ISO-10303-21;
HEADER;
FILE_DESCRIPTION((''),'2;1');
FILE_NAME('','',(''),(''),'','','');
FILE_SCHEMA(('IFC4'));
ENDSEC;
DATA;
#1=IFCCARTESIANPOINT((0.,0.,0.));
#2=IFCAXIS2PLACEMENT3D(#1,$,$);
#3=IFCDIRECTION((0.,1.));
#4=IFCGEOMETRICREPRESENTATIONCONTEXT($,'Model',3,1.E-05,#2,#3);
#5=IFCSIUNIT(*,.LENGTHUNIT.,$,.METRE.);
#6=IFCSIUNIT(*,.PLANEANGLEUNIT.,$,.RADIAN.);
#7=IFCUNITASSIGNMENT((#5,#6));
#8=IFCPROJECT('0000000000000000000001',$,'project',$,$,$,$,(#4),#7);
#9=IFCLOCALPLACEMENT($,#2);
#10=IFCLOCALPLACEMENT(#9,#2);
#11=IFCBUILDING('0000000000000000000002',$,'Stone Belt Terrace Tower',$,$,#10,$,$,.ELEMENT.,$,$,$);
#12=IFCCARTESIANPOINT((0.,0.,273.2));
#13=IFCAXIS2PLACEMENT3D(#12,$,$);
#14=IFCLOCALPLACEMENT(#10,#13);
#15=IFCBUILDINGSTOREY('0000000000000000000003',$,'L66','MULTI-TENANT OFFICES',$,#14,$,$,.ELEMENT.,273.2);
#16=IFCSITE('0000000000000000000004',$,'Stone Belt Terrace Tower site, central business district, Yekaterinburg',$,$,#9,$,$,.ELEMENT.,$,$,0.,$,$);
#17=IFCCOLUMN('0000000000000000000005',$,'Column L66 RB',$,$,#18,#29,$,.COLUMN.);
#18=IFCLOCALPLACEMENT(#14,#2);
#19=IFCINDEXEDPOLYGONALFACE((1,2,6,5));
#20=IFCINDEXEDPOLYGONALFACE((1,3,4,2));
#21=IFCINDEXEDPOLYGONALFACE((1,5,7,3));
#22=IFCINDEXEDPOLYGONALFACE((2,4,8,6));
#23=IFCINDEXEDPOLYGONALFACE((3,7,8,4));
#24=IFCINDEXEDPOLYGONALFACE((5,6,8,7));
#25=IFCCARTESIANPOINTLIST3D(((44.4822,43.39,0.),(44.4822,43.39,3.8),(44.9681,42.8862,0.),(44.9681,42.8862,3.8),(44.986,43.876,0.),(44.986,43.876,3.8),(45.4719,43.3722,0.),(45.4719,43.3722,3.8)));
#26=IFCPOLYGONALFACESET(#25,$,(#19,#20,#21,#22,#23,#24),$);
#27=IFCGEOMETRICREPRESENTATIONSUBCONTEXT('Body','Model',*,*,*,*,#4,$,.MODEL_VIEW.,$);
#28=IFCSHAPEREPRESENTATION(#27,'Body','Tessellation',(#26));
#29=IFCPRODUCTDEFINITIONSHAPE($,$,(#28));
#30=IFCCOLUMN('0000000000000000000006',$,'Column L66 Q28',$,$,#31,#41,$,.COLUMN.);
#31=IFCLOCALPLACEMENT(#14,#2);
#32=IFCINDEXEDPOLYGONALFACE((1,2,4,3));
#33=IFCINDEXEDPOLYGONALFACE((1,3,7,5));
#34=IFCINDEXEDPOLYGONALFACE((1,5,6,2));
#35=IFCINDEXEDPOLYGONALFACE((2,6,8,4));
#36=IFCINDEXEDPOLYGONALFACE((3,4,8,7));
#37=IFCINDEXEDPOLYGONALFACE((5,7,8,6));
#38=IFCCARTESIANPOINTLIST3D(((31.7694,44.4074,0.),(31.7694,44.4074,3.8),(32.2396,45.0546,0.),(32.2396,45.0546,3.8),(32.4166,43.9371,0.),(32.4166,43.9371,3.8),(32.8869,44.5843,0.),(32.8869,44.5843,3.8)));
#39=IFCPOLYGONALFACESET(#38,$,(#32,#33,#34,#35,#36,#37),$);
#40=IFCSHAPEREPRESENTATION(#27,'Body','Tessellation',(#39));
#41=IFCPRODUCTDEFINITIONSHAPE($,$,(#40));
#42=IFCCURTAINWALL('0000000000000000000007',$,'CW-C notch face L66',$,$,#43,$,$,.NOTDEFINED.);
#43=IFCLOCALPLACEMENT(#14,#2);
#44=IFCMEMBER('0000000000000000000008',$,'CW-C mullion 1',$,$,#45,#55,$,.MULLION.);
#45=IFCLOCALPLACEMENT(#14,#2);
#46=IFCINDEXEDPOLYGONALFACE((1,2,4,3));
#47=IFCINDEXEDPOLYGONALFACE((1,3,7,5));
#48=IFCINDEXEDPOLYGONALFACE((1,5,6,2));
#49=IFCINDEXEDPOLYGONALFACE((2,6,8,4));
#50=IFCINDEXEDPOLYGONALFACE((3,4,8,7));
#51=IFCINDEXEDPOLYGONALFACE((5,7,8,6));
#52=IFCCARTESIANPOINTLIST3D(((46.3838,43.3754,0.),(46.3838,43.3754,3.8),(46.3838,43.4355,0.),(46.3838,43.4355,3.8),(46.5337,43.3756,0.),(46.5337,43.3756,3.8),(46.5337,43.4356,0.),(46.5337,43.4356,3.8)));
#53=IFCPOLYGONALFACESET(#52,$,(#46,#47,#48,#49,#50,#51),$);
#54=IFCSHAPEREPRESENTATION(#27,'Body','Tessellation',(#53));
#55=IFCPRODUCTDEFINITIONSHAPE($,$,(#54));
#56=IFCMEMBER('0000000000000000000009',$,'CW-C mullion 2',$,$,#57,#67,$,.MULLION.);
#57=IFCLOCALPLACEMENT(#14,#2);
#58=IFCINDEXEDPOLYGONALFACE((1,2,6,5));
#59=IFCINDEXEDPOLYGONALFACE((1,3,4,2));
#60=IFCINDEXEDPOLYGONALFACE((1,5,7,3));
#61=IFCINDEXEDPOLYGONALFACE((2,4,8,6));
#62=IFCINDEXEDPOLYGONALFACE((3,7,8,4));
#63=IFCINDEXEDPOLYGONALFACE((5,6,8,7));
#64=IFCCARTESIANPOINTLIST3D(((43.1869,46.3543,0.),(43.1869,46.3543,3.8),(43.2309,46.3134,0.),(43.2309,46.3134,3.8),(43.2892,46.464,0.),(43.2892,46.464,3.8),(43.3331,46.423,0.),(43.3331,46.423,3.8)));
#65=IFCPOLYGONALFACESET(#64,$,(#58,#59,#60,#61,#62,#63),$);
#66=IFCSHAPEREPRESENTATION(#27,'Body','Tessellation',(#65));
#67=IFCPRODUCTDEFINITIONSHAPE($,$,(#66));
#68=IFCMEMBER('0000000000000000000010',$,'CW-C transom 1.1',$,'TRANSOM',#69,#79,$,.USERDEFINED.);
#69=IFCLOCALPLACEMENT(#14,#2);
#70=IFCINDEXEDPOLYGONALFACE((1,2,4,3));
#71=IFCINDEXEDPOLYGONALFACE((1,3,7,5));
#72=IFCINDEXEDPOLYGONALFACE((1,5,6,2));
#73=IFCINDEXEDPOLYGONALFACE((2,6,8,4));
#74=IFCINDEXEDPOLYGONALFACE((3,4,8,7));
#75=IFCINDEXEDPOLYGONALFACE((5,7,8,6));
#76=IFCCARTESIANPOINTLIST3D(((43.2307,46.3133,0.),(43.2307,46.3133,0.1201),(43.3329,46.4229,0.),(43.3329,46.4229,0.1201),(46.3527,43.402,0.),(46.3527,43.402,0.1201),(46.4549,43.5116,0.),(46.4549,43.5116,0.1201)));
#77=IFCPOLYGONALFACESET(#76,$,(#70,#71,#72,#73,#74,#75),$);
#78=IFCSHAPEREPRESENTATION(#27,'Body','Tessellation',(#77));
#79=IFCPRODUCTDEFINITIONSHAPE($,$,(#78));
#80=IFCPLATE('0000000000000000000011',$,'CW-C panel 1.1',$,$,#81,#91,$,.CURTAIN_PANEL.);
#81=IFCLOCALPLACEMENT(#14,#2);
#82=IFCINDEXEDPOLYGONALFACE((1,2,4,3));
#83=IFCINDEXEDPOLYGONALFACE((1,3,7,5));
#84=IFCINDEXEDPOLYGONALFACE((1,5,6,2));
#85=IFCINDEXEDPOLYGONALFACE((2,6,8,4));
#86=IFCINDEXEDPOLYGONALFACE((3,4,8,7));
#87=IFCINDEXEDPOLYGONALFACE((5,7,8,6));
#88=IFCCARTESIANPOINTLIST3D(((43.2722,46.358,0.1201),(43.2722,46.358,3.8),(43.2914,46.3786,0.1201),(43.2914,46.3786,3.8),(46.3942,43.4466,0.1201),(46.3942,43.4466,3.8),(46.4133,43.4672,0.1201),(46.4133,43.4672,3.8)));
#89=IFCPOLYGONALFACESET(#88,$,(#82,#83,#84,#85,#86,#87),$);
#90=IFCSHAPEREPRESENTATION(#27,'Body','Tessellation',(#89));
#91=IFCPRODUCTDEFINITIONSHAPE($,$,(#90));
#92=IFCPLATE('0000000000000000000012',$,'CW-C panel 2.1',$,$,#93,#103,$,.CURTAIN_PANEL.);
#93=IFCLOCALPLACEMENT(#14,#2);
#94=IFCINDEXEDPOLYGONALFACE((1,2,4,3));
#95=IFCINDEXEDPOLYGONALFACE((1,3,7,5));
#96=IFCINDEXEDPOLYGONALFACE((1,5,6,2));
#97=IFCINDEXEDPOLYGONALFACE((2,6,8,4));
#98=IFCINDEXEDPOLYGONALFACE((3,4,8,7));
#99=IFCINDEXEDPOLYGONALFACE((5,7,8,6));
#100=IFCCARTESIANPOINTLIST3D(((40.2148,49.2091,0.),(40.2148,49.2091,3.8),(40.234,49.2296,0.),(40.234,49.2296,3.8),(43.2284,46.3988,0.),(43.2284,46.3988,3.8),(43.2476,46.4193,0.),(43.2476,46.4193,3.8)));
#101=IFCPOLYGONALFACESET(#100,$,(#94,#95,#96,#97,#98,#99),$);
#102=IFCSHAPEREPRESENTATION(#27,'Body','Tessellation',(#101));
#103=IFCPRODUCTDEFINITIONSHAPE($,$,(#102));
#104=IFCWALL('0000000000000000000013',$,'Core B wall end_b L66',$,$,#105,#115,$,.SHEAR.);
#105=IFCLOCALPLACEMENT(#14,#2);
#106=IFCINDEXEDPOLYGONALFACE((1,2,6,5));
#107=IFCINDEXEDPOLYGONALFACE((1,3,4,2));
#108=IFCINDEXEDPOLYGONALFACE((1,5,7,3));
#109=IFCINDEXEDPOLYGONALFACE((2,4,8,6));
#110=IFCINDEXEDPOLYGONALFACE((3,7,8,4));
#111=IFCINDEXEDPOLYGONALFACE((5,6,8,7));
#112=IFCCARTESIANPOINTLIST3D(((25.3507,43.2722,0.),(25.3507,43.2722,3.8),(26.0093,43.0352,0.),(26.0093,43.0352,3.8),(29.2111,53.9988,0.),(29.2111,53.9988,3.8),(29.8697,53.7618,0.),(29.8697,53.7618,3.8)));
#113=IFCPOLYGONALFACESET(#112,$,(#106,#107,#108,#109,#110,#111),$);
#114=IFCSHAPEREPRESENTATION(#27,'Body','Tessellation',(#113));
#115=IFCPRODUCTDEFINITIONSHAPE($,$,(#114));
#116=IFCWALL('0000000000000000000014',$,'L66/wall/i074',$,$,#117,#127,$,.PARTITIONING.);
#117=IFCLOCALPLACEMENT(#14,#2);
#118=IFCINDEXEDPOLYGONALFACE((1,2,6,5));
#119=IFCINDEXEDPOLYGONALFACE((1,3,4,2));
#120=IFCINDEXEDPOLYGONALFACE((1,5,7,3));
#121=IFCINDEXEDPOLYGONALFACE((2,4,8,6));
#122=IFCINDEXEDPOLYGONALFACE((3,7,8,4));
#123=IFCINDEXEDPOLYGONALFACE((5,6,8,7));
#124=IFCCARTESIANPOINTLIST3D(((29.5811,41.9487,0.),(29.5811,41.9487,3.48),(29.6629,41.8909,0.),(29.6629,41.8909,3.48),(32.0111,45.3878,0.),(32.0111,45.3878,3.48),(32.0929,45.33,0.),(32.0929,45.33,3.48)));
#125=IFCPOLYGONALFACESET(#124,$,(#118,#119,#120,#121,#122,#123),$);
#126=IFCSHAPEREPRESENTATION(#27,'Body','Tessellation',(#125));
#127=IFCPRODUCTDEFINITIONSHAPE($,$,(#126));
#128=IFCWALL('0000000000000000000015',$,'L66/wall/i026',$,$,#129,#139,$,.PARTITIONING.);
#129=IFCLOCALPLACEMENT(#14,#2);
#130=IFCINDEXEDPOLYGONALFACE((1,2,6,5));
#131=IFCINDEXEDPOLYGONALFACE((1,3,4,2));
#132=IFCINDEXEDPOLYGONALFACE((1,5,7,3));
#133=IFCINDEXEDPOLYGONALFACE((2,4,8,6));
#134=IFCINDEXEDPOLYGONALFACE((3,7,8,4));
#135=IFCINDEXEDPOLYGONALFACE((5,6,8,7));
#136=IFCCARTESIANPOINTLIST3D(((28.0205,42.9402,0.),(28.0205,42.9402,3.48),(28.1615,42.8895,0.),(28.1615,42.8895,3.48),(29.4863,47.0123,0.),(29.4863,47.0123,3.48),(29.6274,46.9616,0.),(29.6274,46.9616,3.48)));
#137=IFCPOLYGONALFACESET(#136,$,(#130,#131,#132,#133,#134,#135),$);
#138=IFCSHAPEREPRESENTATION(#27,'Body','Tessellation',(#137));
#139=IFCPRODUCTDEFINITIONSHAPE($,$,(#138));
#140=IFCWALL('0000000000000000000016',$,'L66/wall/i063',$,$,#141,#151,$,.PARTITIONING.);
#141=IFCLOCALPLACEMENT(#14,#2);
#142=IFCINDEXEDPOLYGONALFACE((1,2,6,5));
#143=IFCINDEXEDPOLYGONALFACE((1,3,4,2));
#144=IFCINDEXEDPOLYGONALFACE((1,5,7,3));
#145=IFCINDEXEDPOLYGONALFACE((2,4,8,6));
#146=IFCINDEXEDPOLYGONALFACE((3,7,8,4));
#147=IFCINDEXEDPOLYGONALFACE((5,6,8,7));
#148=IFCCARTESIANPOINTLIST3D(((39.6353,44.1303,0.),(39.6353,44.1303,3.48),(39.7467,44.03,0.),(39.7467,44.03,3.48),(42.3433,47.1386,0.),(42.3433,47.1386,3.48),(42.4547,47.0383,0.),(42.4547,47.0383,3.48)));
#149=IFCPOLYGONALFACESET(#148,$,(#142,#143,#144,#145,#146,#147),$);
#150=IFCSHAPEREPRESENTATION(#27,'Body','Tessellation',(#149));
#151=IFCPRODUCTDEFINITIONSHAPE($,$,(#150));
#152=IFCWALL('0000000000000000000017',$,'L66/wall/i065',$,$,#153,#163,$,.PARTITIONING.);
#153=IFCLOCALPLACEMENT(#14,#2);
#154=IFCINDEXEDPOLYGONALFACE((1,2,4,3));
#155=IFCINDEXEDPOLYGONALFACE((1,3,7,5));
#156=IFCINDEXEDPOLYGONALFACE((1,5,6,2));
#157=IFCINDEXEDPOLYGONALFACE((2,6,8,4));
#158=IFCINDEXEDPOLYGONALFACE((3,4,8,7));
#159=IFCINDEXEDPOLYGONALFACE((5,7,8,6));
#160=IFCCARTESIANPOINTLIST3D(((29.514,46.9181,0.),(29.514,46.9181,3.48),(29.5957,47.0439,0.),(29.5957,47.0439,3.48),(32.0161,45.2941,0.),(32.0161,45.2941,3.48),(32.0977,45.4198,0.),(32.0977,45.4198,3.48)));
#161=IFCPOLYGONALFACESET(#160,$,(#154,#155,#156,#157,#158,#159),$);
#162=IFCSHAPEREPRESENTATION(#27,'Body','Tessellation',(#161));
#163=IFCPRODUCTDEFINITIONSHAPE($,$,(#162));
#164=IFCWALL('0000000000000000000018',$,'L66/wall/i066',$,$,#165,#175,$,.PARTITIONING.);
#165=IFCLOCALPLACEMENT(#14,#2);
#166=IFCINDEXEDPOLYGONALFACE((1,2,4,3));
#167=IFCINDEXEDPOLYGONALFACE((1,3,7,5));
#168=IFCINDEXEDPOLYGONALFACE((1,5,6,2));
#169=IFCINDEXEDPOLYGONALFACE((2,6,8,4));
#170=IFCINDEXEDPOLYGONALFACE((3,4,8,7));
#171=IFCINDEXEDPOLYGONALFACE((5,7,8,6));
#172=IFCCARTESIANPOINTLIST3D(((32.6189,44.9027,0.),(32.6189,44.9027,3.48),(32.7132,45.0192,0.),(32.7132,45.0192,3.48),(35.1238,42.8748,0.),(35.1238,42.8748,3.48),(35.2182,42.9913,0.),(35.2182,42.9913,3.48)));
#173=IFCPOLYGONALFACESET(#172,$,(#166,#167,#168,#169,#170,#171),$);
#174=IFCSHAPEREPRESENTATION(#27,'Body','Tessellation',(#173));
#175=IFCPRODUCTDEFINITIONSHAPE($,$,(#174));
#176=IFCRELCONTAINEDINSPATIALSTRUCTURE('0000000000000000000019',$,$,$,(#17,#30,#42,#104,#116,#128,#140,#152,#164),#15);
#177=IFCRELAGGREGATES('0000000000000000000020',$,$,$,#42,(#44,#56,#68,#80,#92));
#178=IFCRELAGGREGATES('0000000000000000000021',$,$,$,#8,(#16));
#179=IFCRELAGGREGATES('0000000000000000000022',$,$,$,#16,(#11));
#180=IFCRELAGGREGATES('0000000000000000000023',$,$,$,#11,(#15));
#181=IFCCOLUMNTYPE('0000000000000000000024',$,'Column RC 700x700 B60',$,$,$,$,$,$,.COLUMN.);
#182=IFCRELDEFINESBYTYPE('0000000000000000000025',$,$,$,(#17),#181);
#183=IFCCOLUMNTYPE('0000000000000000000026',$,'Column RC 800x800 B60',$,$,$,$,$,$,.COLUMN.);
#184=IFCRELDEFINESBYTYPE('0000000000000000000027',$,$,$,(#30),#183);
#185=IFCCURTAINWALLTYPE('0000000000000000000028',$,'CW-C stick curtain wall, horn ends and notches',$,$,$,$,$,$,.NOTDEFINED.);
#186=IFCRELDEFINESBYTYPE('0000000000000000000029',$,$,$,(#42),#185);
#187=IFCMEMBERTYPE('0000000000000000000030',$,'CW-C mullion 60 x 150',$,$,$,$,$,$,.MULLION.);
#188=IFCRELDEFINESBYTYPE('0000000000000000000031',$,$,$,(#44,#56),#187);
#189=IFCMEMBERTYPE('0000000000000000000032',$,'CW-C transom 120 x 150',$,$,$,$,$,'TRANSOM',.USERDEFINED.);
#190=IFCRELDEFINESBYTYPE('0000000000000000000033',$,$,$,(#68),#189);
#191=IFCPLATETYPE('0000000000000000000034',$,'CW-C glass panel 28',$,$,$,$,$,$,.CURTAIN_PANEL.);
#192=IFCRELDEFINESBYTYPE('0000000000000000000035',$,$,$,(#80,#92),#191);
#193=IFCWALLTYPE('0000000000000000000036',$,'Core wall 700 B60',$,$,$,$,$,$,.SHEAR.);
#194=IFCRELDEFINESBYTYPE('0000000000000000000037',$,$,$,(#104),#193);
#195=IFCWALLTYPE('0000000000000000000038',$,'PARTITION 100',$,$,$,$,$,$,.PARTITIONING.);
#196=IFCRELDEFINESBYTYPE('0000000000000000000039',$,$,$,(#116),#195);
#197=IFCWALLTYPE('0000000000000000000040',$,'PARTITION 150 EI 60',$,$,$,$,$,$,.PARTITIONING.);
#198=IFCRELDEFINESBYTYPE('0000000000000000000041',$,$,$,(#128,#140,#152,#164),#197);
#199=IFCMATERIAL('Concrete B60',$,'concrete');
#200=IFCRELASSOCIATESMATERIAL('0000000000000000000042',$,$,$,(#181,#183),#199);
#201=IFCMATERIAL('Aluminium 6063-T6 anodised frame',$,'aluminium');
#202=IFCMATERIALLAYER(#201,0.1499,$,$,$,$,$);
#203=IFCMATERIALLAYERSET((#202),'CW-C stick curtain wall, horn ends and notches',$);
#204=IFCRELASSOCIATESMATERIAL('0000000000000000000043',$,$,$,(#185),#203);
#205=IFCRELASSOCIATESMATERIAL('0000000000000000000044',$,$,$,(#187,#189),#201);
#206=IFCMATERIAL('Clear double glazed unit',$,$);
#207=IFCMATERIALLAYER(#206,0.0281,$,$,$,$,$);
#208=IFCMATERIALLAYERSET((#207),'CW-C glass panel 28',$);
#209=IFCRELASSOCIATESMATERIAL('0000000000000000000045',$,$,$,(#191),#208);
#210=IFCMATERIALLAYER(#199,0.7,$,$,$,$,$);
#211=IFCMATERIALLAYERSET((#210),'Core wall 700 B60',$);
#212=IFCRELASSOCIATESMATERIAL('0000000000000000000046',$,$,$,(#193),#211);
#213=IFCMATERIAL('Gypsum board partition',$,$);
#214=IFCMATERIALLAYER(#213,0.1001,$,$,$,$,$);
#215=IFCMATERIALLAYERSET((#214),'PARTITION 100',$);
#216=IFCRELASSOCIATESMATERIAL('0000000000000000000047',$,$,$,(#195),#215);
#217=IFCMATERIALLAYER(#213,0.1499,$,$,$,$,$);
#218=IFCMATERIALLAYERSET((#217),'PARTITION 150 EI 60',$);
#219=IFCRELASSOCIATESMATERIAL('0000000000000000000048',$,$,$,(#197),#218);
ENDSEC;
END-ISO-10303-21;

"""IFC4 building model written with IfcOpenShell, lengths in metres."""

from ifc_helpers import new_model, si_unit, direction, frame, frame_2d, origin, origin_2d, place, context, subcontext, project, spatial, rectangle, extrude, material, layer, layer_set, material_profile, profile_set, type_object, element, aggregate, save


model = new_model("IFC4")

# Units and contexts
model_context = context("Model", 3, precision=1e-05, world=origin(), true_north=direction((0.0, 1.0)))
body_context = subcontext(model_context, "Body", "Model", "MODEL_VIEW")
ifc_project = project(units=[si_unit("LENGTHUNIT", "METRE"), si_unit("PLANEANGLEUNIT", "RADIAN")], contexts=[model_context])

# Site, building, storey
site_placement = place(None, origin())
site = spatial("IfcSite", under=ifc_project, at=site_placement, Name="Stone Belt Terrace Tower site, central business district, Yekaterinburg", CompositionType="ELEMENT", RefElevation=0.0)
building_placement = place(site_placement, origin())
building = spatial("IfcBuilding", under=site, at=building_placement, Name="Stone Belt Terrace Tower", CompositionType="ELEMENT")
storey_placement = place(building_placement, frame((0.0, 0.0, 273.2)))
storey = spatial("IfcBuildingStorey", under=building, at=storey_placement, Name="L66", Description="MULTI-TENANT OFFICES", CompositionType="ELEMENT", Elevation=273.2)

# Columns
ifc_material_1 = material(Name="Concrete B60", Category="concrete")
ifc_material_profile_1 = material_profile(ifc_material_1, rectangle(XDim=0.7, YDim=0.7, at=origin_2d()), Name="RC 700x700")
ifc_profile_set_1 = profile_set([ifc_material_profile_1], Name="Concrete B60")
column_type_1 = type_object("IfcColumnType", Name="Column RC 700x700 B60", PredefinedType="COLUMN", material=ifc_profile_set_1)
column_1_placement = place(storey_placement, frame((44.9771, 43.3811, 0.0), z_axis=(0.0, 0.0, 1.0), x_axis=(0.694221, -0.719762, 0.0)))
element("IfcColumn", 1, at=column_1_placement, inside=storey, type_object=column_type_1, Name="Column L66 RB", PredefinedType="COLUMN", context=body_context, shape_type="SweptSolid", body=[
    extrude(rectangle(XDim=0.7, YDim=0.7, at=origin_2d()), origin(), (0.0, 0.0, 1.0), 3.8),
])
ifc_material_profile_2 = material_profile(ifc_material_1, rectangle(XDim=0.8, YDim=0.8, at=origin_2d()), Name="RC 800x800")
ifc_profile_set_2 = profile_set([ifc_material_profile_2], Name="Concrete B60")
column_type_2 = type_object("IfcColumnType", Name="Column RC 800x800 B60", PredefinedType="COLUMN", material=ifc_profile_set_2)
column_2_placement = place(storey_placement, frame((32.3281, 44.4958, 0.0), z_axis=(0.0, 0.0, 1.0), x_axis=(0.809017, -0.587785, 0.0)))
element("IfcColumn", 2, at=column_2_placement, inside=storey, type_object=column_type_2, Name="Column L66 Q28", PredefinedType="COLUMN", context=body_context, shape_type="SweptSolid", body=[
    extrude(rectangle(XDim=0.8, YDim=0.8, at=origin_2d()), origin(), (0.0, 0.0, 1.0), 3.8),
])

# Curtain wall, members, plates
ifc_material_2 = material(Name="Aluminium 6063-T6 anodised frame", Category="aluminium")
ifc_layer_1 = layer(ifc_material_2, 0.1499)
ifc_layer_set_1 = layer_set([ifc_layer_1], Name="CW-C stick curtain wall, horn ends and notches")
curtain_wall_type = type_object("IfcCurtainWallType", Name="CW-C stick curtain wall, horn ends and notches", PredefinedType="NOTDEFINED", material=ifc_layer_set_1)
curtain_wall_placement = place(storey_placement, origin())
curtain_wall = element("IfcCurtainWall", 3, at=curtain_wall_placement, inside=storey, type_object=curtain_wall_type, Name="CW-C notch face L66", PredefinedType="NOTDEFINED")
ifc_material_profile_3 = material_profile(ifc_material_2, rectangle(XDim=0.1499, YDim=0.0601, at=origin_2d()), Name="Aluminium 6063-T6 60x150")
ifc_profile_set_3 = profile_set([ifc_material_profile_3], Name="Aluminium 6063-T6 anodised frame")
member_type_1 = type_object("IfcMemberType", Name="CW-C mullion 60 x 150", PredefinedType="MULLION", material=ifc_profile_set_3)
member_1_placement = place(storey_placement, frame((46.4587, 43.4055, 0.0), z_axis=(0.0, 0.0, 1.0), x_axis=(-0.999999, -0.001051, 0.0)))
member_1 = element("IfcMember", 4, at=member_1_placement, type_object=member_type_1, Name="CW-C mullion 1", PredefinedType="MULLION", context=body_context, shape_type="SweptSolid", body=[
    extrude(rectangle(XDim=0.1499, YDim=0.0601, at=origin_2d()), origin(), (0.0, 0.0, 1.0), 3.8),
])
member_2_placement = place(storey_placement, frame((43.26, 46.3887, 0.0), z_axis=(0.0, 0.0, 1.0), x_axis=(-0.682014, -0.731339, 0.0)))
member_2 = element("IfcMember", 5, at=member_2_placement, type_object=member_type_1, Name="CW-C mullion 2", PredefinedType="MULLION", context=body_context, shape_type="SweptSolid", body=[
    extrude(rectangle(XDim=0.1499, YDim=0.0601, at=origin_2d()), origin(), (0.0, 0.0, 1.0), 3.8),
])
ifc_material_profile_4 = material_profile(ifc_material_2, rectangle(XDim=0.1499, YDim=0.1201, at=origin_2d()), Name="Aluminium 6063-T6 150x120")
ifc_profile_set_4 = profile_set([ifc_material_profile_4], Name="Aluminium 6063-T6 anodised frame")
member_type_2 = type_object("IfcMemberType", Name="CW-C transom 120 x 150", ElementType="TRANSOM", PredefinedType="USERDEFINED", material=ifc_profile_set_4)
member_3_placement = place(storey_placement, frame((46.4038, 43.4568, 0.0601), z_axis=(-0.731354, 0.681998, 0.0), x_axis=(-0.681998, -0.731354, 0.0)))
member_3 = element("IfcMember", 6, at=member_3_placement, type_object=member_type_2, Name="CW-C transom 1.1", ObjectType="TRANSOM", PredefinedType="USERDEFINED", context=body_context, shape_type="SweptSolid", body=[
    extrude(rectangle(XDim=0.1499, YDim=0.1201, at=origin_2d()), origin(), (0.0, 0.0, 1.0), 4.2688),
])
ifc_material_3 = material(Name="Clear double glazed unit")
ifc_layer_2 = layer(ifc_material_3, 0.0281)
ifc_layer_set_2 = layer_set([ifc_layer_2], Name="CW-C glass panel 28")
plate_type = type_object("IfcPlateType", Name="CW-C glass panel 28", PredefinedType="CURTAIN_PANEL", material=ifc_layer_set_2)
plate_1_placement = place(storey_placement, frame((44.8428, 44.9126, 0.1201), z_axis=(0.0, 0.0, 1.0), x_axis=(-0.731339, 0.682014, 0.0)))
plate_1 = element("IfcPlate", 7, at=plate_1_placement, type_object=plate_type, Name="CW-C panel 1.1", PredefinedType="CURTAIN_PANEL", context=body_context, shape_type="SweptSolid", body=[
    extrude(rectangle(XDim=4.2688, YDim=0.0281, at=origin_2d()), origin(), (0.0, 0.0, 1.0), 3.6799),
])
plate_2_placement = place(storey_placement, frame((41.7312, 47.8142, 0.0), z_axis=(0.0, 0.0, 1.0), x_axis=(-0.731339, 0.682014, 0.0)))
plate_2 = element("IfcPlate", 8, at=plate_2_placement, type_object=plate_type, Name="CW-C panel 2.1", PredefinedType="CURTAIN_PANEL", context=body_context, shape_type="SweptSolid", body=[
    extrude(rectangle(XDim=4.1206, YDim=0.0281, at=origin_2d()), origin(), (0.0, 0.0, 1.0), 3.8),
])
aggregate(curtain_wall, [member_1, member_2, member_3, plate_1, plate_2])

# Walls
ifc_layer_3 = layer(ifc_material_1, 0.7)
ifc_layer_set_3 = layer_set([ifc_layer_3], Name="Core wall 700 B60")
wall_type_1 = type_object("IfcWallType", Name="Core wall 700 B60", PredefinedType="SHEAR", material=ifc_layer_set_3)
wall_1_placement = place(storey_placement, frame((25.6799, 43.1536, 0.0), z_axis=(0.0, 0.0, 1.0), x_axis=(0.338625, 0.940921, 0.0)))
element("IfcWall", 9, at=wall_1_placement, inside=storey, type_object=wall_type_1, Name="Core B wall end_b L66", PredefinedType="SHEAR", context=body_context, shape_type="SweptSolid", body=[
    extrude(rectangle(XDim=11.4001, YDim=0.7, at=frame_2d((5.7002, 0.0))), origin(), (0.0, 0.0, 1.0), 3.8),
])
ifc_material_4 = material(Name="Gypsum board partition")
ifc_layer_4 = layer(ifc_material_4, 0.1001)
ifc_layer_set_4 = layer_set([ifc_layer_4], Name="PARTITION 100")
wall_type_2 = type_object("IfcWallType", Name="PARTITION 100", PredefinedType="PARTITIONING", material=ifc_layer_set_4)
wall_2_placement = place(storey_placement, frame((32.052, 45.3589, 0.0), z_axis=(0.0, 0.0, 1.0), x_axis=(-0.577068, -0.816696, 0.0)))
element("IfcWall", 10, at=wall_2_placement, inside=storey, type_object=wall_type_2, Name="L66/wall/i074", PredefinedType="PARTITIONING", context=body_context, shape_type="SweptSolid", body=[
    extrude(rectangle(XDim=4.2109, YDim=0.1001, at=frame_2d((2.1055, 0.0))), origin(), (0.0, 0.0, 1.0), 3.48),
])
ifc_layer_5 = layer(ifc_material_4, 0.1499)
ifc_layer_set_5 = layer_set([ifc_layer_5], Name="PARTITION 150 EI 60")
wall_type_3 = type_object("IfcWallType", Name="PARTITION 150 EI 60", PredefinedType="PARTITIONING", material=ifc_layer_set_5)
wall_3_placement = place(storey_placement, frame((29.5569, 46.9871, 0.0), z_axis=(0.0, 0.0, 1.0), x_axis=(-0.338697, -0.940895, 0.0)))
element("IfcWall", 11, at=wall_3_placement, inside=storey, type_object=wall_type_3, Name="L66/wall/i026", PredefinedType="PARTITIONING", context=body_context, shape_type="SweptSolid", body=[
    extrude(rectangle(XDim=4.3279, YDim=0.1499, at=frame_2d((2.1641, 0.0))), origin(), (0.0, 0.0, 1.0), 3.48),
])
wall_4_placement = place(storey_placement, frame((39.6909, 44.0801, 0.0), z_axis=(0.0, 0.0, 1.0), x_axis=(0.669038, 0.743228, 0.0)))
element("IfcWall", 12, at=wall_4_placement, inside=storey, type_object=wall_type_3, Name="L66/wall/i063", PredefinedType="PARTITIONING", context=body_context, shape_type="SweptSolid", body=[
    extrude(rectangle(XDim=4.0476, YDim=0.1499, at=frame_2d((2.0239, 0.0))), origin(), (0.0, 0.0, 1.0), 3.48),
])
wall_5_placement = place(storey_placement, frame((32.0569, 45.3569, 0.0), z_axis=(0.0, 0.0, 1.0), x_axis=(-0.838788, 0.544459, 0.0)))
element("IfcWall", 13, at=wall_5_placement, inside=storey, type_object=wall_type_3, Name="L66/wall/i065", PredefinedType="PARTITIONING", context=body_context, shape_type="SweptSolid", body=[
    extrude(rectangle(XDim=2.9829, YDim=0.1499, at=frame_2d((1.4915, 0.0))), origin(), (0.0, 0.0, 1.0), 3.48),
])
wall_6_placement = place(storey_placement, frame((35.1709, 42.9331, 0.0), z_axis=(0.0, 0.0, 1.0), x_axis=(-0.777234, 0.629211, 0.0)))
element("IfcWall", 14, at=wall_6_placement, inside=storey, type_object=wall_type_3, Name="L66/wall/i066", PredefinedType="PARTITIONING", context=body_context, shape_type="SweptSolid", body=[
    extrude(rectangle(XDim=3.2229, YDim=0.1499, at=frame_2d((1.6113, 0.0))), origin(), (0.0, 0.0, 1.0), 3.48),
])

save(model, "model.ifc")
